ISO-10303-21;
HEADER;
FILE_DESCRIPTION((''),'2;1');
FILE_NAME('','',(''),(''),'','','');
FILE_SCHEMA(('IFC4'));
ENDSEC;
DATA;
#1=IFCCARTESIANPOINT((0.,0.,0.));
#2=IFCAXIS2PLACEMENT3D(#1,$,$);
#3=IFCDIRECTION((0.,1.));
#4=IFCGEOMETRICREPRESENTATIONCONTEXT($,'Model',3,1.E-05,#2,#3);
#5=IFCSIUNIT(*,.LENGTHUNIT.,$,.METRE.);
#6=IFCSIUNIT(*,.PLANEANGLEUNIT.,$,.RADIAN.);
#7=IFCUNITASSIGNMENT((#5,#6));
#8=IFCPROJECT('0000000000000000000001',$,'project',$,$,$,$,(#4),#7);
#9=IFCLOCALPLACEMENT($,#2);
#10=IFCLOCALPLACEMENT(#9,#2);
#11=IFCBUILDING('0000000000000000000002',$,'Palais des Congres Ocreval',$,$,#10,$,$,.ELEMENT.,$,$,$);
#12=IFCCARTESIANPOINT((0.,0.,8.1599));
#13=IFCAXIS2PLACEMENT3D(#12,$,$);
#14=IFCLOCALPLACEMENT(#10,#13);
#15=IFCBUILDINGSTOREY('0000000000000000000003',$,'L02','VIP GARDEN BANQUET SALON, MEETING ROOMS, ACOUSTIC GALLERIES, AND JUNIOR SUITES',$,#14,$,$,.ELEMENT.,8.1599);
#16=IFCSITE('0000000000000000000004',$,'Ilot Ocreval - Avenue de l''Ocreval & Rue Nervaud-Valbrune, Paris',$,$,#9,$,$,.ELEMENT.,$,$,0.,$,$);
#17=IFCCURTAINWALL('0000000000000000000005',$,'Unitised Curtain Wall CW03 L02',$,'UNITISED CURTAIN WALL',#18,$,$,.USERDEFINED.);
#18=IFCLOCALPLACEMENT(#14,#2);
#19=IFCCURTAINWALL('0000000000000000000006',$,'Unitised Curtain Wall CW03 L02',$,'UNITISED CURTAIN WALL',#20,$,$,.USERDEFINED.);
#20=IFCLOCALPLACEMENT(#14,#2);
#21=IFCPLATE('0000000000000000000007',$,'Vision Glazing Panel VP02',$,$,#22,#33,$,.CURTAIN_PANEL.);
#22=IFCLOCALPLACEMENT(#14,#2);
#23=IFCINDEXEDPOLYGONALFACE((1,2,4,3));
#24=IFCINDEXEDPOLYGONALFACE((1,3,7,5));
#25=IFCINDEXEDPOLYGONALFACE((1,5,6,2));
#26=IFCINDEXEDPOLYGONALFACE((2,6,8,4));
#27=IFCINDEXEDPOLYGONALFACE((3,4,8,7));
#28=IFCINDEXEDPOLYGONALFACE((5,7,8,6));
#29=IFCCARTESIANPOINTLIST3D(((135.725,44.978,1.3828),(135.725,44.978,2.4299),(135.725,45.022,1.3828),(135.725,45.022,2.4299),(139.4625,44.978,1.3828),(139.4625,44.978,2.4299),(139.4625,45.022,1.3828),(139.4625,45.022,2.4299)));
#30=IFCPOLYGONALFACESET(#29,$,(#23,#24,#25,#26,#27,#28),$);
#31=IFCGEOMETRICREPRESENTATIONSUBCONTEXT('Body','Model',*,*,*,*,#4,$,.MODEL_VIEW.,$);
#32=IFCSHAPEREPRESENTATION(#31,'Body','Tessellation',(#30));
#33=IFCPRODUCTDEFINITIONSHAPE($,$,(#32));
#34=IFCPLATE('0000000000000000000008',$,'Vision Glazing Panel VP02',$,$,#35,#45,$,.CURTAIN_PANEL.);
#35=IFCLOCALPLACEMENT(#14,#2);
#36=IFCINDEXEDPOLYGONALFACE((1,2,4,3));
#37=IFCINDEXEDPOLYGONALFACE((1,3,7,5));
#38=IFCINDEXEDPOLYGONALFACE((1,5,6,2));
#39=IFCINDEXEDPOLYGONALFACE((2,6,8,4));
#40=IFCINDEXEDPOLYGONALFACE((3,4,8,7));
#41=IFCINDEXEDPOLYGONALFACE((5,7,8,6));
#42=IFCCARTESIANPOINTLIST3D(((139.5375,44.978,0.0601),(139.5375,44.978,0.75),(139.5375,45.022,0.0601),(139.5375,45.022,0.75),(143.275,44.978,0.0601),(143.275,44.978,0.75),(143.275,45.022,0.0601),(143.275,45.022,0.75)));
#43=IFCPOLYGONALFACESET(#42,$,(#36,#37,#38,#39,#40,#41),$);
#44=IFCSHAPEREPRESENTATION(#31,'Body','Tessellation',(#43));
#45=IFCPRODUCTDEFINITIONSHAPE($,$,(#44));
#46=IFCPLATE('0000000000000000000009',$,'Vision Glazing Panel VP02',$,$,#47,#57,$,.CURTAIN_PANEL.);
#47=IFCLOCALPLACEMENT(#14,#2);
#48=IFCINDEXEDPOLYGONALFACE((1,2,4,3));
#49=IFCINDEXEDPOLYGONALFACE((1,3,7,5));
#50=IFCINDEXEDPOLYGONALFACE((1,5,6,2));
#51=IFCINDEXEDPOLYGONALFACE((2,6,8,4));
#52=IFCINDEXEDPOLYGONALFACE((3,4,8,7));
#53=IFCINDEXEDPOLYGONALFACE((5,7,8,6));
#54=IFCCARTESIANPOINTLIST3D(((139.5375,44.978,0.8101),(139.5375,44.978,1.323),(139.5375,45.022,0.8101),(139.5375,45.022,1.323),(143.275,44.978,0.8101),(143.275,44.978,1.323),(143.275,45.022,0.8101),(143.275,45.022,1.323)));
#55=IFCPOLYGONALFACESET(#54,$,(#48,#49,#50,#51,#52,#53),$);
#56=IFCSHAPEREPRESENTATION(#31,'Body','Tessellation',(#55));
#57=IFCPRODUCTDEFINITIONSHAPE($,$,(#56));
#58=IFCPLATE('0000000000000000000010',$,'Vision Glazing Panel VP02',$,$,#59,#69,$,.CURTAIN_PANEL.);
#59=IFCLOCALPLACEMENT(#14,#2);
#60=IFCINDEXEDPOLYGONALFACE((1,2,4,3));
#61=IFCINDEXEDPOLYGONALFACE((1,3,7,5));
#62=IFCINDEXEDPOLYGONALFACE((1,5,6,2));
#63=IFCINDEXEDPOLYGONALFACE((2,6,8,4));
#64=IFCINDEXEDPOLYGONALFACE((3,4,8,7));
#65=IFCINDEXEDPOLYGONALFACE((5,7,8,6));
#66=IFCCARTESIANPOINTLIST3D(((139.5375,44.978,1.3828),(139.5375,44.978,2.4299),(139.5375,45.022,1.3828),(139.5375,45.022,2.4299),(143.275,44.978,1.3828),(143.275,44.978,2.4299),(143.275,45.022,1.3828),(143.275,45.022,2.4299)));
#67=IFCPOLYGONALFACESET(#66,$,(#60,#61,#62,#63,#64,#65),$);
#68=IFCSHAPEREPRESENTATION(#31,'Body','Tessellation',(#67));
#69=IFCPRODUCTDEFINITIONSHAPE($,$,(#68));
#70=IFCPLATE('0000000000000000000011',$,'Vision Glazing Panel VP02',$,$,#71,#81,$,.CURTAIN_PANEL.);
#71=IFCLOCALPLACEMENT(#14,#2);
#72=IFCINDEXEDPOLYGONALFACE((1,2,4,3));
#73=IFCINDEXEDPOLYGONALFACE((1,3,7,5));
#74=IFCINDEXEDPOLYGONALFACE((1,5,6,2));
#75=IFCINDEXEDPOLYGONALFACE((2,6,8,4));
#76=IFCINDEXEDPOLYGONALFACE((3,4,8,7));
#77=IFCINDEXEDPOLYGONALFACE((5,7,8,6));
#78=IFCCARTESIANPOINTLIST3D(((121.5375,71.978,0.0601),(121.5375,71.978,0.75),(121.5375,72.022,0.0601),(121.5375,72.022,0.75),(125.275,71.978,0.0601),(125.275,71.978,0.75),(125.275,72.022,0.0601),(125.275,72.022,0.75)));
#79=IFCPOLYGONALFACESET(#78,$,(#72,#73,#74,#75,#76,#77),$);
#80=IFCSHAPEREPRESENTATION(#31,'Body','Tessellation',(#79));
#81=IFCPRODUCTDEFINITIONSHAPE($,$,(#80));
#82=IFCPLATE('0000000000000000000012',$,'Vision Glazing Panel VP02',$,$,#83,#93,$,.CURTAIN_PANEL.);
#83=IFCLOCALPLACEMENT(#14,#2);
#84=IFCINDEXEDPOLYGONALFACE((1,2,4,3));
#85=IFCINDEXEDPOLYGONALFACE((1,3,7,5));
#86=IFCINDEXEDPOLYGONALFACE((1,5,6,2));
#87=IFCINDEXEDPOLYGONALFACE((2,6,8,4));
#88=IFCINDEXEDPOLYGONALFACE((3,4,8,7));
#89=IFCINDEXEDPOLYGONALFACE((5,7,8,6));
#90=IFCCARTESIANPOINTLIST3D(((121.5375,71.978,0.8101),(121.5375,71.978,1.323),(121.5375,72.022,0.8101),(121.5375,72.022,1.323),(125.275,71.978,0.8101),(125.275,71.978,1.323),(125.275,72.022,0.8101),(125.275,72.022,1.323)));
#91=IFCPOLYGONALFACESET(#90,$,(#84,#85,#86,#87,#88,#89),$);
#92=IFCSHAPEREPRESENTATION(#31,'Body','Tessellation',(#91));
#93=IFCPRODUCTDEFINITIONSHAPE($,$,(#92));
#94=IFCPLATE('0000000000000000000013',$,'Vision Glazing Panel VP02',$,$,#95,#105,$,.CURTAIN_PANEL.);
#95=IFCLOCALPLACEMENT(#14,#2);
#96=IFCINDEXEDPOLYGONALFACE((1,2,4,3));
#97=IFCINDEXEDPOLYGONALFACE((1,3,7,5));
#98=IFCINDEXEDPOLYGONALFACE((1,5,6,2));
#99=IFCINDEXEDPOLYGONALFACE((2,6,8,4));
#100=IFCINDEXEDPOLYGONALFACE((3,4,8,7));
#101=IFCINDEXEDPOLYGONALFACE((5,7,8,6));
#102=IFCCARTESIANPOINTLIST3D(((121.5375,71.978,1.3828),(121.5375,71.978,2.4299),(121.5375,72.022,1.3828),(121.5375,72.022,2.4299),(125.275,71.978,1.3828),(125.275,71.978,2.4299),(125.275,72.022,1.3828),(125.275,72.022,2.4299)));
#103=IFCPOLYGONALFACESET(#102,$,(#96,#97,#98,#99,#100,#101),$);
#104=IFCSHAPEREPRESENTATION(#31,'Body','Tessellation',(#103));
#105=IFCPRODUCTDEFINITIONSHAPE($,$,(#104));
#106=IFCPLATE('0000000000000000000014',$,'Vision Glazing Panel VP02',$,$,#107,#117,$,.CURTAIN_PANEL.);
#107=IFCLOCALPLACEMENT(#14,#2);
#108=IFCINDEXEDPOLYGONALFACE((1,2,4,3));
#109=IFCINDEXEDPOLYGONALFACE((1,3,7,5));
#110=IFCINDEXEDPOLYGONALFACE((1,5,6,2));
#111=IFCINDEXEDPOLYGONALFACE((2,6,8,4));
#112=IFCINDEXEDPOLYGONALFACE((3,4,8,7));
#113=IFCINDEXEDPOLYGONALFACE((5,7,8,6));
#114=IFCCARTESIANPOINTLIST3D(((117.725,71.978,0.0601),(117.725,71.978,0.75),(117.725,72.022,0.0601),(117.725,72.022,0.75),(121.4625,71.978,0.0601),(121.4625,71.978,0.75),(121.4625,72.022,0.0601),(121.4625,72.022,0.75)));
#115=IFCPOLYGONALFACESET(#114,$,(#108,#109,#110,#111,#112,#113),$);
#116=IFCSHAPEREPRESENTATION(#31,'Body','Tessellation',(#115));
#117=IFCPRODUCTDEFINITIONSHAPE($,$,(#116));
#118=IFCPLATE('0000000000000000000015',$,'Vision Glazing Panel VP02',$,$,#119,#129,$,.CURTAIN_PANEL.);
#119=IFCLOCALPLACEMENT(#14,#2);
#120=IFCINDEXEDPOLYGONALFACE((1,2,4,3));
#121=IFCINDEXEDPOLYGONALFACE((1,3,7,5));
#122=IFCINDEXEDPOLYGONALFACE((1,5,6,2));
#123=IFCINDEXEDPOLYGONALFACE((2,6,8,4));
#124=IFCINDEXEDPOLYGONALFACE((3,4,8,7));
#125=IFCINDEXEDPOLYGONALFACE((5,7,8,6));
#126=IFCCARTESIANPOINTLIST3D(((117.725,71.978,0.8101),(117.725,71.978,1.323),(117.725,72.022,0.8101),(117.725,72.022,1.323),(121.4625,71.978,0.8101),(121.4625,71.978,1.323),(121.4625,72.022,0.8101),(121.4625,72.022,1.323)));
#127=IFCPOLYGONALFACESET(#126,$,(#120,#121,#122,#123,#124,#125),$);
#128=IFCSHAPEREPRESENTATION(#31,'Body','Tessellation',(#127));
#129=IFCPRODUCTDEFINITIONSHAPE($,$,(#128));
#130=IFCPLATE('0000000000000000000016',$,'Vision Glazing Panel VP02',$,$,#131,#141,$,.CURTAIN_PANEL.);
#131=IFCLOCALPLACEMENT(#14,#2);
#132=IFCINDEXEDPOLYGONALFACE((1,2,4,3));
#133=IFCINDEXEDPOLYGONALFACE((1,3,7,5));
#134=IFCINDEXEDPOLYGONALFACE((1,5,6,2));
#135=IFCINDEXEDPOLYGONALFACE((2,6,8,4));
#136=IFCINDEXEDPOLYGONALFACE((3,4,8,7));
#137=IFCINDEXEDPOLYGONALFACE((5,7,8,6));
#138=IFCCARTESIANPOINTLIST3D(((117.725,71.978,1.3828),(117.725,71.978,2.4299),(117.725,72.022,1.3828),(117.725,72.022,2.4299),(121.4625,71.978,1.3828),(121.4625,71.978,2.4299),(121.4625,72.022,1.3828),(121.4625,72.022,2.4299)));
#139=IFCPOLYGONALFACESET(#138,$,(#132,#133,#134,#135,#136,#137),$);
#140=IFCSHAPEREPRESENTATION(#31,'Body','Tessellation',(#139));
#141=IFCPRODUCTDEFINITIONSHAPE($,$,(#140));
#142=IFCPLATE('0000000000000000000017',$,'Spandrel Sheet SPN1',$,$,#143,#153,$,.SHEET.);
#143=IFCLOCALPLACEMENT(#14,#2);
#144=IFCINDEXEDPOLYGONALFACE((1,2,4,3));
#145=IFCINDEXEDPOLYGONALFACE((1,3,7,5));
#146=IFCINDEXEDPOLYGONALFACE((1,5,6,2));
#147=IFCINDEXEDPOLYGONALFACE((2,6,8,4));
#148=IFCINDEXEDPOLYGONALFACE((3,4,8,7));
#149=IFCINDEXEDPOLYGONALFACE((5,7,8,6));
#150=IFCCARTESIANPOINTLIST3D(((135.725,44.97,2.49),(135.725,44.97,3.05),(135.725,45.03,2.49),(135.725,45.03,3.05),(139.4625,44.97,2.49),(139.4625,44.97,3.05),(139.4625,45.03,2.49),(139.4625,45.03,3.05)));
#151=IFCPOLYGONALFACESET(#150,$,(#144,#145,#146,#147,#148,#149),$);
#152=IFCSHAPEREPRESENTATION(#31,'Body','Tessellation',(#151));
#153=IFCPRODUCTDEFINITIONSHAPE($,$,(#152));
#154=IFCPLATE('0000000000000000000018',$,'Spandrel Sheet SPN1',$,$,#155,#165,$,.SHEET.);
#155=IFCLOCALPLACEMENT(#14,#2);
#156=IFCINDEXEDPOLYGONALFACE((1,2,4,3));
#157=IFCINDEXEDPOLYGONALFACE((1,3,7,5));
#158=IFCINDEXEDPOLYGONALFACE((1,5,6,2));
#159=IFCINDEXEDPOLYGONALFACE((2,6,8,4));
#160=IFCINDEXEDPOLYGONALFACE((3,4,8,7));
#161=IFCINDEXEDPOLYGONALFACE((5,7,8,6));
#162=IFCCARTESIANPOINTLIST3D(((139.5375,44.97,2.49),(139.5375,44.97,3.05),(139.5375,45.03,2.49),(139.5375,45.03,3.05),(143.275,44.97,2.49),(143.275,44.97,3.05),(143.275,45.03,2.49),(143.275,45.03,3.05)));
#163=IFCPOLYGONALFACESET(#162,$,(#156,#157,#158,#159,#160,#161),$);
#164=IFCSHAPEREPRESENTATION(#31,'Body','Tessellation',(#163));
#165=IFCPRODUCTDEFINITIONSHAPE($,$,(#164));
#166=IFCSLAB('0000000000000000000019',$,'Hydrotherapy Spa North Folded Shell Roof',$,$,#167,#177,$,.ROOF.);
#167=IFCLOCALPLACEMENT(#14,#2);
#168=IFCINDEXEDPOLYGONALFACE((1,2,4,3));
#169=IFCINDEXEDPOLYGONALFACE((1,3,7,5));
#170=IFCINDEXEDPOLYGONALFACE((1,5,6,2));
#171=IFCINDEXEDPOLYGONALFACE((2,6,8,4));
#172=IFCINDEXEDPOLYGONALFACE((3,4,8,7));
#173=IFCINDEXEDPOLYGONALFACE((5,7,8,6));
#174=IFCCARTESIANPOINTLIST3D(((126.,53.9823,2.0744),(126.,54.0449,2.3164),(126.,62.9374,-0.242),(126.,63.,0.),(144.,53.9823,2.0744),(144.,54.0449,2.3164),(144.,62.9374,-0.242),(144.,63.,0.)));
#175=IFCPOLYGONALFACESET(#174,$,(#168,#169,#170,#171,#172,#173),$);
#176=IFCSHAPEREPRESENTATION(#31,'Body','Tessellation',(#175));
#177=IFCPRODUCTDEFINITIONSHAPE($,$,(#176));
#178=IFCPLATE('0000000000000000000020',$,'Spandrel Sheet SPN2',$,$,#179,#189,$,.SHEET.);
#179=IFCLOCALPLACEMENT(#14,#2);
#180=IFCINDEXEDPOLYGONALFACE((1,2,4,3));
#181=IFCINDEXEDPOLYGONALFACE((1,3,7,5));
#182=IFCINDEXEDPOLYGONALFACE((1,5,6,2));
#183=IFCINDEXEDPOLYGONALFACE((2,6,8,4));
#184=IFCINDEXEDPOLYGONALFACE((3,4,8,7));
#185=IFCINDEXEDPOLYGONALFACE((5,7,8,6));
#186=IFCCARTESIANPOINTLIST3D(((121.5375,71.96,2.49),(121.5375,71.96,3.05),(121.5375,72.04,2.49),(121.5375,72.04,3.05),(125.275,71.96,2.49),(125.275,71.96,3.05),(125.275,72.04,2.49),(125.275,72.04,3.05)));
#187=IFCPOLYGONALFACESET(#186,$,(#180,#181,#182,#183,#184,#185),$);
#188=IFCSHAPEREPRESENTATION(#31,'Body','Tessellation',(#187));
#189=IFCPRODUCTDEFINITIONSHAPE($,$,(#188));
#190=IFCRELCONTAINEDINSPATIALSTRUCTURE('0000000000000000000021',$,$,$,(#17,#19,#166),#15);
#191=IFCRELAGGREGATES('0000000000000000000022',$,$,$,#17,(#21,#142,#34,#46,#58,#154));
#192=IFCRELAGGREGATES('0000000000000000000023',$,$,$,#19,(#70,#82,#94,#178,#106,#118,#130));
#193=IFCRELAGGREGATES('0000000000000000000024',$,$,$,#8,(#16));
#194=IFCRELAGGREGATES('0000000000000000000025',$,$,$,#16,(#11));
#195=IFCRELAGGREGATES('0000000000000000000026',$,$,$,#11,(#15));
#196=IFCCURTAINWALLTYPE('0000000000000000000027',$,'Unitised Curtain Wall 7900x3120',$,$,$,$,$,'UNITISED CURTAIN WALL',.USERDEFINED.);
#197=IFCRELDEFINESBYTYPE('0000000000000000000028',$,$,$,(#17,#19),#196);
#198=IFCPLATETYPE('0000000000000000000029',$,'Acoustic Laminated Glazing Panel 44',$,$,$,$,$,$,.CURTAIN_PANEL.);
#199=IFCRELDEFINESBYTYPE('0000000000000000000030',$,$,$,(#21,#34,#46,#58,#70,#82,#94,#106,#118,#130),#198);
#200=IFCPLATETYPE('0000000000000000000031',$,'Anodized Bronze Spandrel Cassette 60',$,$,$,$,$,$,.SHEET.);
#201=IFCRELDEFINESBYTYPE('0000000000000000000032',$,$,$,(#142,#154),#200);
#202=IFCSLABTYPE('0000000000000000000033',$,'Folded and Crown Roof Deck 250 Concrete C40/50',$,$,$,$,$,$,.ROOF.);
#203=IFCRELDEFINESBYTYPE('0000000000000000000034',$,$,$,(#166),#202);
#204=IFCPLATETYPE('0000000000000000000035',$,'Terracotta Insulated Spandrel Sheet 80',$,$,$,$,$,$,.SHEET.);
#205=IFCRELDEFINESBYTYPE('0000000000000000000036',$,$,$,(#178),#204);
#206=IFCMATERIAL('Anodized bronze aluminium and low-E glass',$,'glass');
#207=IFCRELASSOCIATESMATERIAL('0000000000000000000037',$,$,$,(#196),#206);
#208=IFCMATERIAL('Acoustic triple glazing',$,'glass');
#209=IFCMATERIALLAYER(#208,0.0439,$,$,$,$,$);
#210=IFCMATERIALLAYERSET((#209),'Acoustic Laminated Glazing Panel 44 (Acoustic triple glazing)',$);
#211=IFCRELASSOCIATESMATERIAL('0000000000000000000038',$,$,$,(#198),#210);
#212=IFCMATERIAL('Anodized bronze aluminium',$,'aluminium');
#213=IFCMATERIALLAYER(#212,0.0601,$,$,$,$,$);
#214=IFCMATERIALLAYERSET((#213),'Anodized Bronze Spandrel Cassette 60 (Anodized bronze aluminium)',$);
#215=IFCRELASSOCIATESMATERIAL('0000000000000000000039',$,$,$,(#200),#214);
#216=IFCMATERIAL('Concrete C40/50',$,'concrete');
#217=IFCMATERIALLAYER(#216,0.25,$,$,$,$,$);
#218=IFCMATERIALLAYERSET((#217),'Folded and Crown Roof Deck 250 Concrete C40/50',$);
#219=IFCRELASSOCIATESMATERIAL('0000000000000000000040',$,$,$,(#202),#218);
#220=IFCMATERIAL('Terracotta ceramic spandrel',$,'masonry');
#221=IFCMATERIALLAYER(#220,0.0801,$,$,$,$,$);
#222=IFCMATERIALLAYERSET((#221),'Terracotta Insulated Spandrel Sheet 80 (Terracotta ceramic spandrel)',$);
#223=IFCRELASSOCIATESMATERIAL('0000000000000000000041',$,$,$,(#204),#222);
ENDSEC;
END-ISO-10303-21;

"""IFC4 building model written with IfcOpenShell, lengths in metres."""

from ifc_helpers import new_model, si_unit, direction, frame, origin, origin_2d, place, context, subcontext, project, spatial, polyline, rectangle, outline, extrude, material, layer, layer_set, type_object, element, aggregate, save


model = new_model("IFC4")

# Units and contexts
model_context = context("Model", 3, precision=1e-05, world=origin(), true_north=direction((0.0, 1.0)))
body_context = subcontext(model_context, "Body", "Model", "MODEL_VIEW")
ifc_project = project(units=[si_unit("LENGTHUNIT", "METRE"), si_unit("PLANEANGLEUNIT", "RADIAN")], contexts=[model_context])

# Site, building, storey
site_placement = place(None, origin())
site = spatial("IfcSite", under=ifc_project, at=site_placement, Name="Ilot Ocreval - Avenue de l'Ocreval & Rue Nervaud-Valbrune, Paris", CompositionType="ELEMENT", RefElevation=0.0)
building_placement = place(site_placement, origin())
building = spatial("IfcBuilding", under=site, at=building_placement, Name="Palais des Congres Ocreval", CompositionType="ELEMENT")
storey_placement = place(building_placement, frame((0.0, 0.0, 8.1599)))
storey = spatial("IfcBuildingStorey", under=building, at=storey_placement, Name="L02", Description="VIP GARDEN BANQUET SALON, MEETING ROOMS, ACOUSTIC GALLERIES, AND JUNIOR SUITES", CompositionType="ELEMENT", Elevation=8.1599)

# Curtain walls
ifc_material_1 = material(Name="Anodized bronze aluminium and low-E glass", Category="glass")
curtain_wall_type = type_object("IfcCurtainWallType", Name="Unitised Curtain Wall 7900x3120", ElementType="UNITISED CURTAIN WALL", PredefinedType="USERDEFINED", material=ifc_material_1)
curtain_wall_1_placement = place(storey_placement, origin())
curtain_wall_1 = element("IfcCurtainWall", 1, at=curtain_wall_1_placement, inside=storey, type_object=curtain_wall_type, Name="Unitised Curtain Wall CW03 L02", ObjectType="UNITISED CURTAIN WALL", PredefinedType="USERDEFINED")
ifc_material_2 = material(Name="Anodized bronze aluminium", Category="aluminium")
curtain_wall_2_placement = place(storey_placement, origin())
curtain_wall_2 = element("IfcCurtainWall", 2, at=curtain_wall_2_placement, inside=storey, type_object=curtain_wall_type, Name="Unitised Curtain Wall CW03 L02", ObjectType="UNITISED CURTAIN WALL", PredefinedType="USERDEFINED")

# Plates
ifc_material_3 = material(Name="Acoustic triple glazing", Category="glass")
ifc_layer_1 = layer(ifc_material_3, 0.0439)
ifc_layer_set_1 = layer_set([ifc_layer_1], Name="Acoustic Laminated Glazing Panel 44 (Acoustic triple glazing)")
plate_type_1 = type_object("IfcPlateType", Name="Acoustic Laminated Glazing Panel 44", PredefinedType="CURTAIN_PANEL", material=ifc_layer_set_1)
plate_1_placement = place(storey_placement, frame((137.5938, 45.0, 1.3828), z_axis=(0.0, 0.0, 1.0), x_axis=(1.0, 0.0, 0.0)))
plate_1 = element("IfcPlate", 3, at=plate_1_placement, type_object=plate_type_1, Name="Vision Glazing Panel VP02", PredefinedType="CURTAIN_PANEL", context=body_context, shape_type="SweptSolid", body=[
    extrude(rectangle(XDim=3.7375, YDim=0.0439, at=origin_2d()), origin(), (0.0, 0.0, 1.0), 1.0471),
])
plate_2_placement = place(storey_placement, frame((141.4062, 45.0, 0.0601), z_axis=(0.0, 0.0, 1.0), x_axis=(1.0, 0.0, 0.0)))
plate_2 = element("IfcPlate", 4, at=plate_2_placement, type_object=plate_type_1, Name="Vision Glazing Panel VP02", PredefinedType="CURTAIN_PANEL", context=body_context, shape_type="SweptSolid", body=[
    extrude(rectangle(XDim=3.7375, YDim=0.0439, at=origin_2d()), origin(), (0.0, 0.0, 1.0), 0.6899),
])
plate_3_placement = place(storey_placement, frame((141.4062, 45.0, 0.8101), z_axis=(0.0, 0.0, 1.0), x_axis=(1.0, 0.0, 0.0)))
plate_3 = element("IfcPlate", 5, at=plate_3_placement, type_object=plate_type_1, Name="Vision Glazing Panel VP02", PredefinedType="CURTAIN_PANEL", context=body_context, shape_type="SweptSolid", body=[
    extrude(rectangle(XDim=3.7375, YDim=0.0439, at=origin_2d()), origin(), (0.0, 0.0, 1.0), 0.5129),
])
plate_4_placement = place(storey_placement, frame((141.4062, 45.0, 1.3828), z_axis=(0.0, 0.0, 1.0), x_axis=(1.0, 0.0, 0.0)))
plate_4 = element("IfcPlate", 6, at=plate_4_placement, type_object=plate_type_1, Name="Vision Glazing Panel VP02", PredefinedType="CURTAIN_PANEL", context=body_context, shape_type="SweptSolid", body=[
    extrude(rectangle(XDim=3.7375, YDim=0.0439, at=origin_2d()), origin(), (0.0, 0.0, 1.0), 1.0471),
])
plate_5_placement = place(storey_placement, frame((123.4062, 72.0, 0.0601), z_axis=(0.0, 0.0, 1.0), x_axis=(-1.0, 0.0, 0.0)))
plate_5 = element("IfcPlate", 7, at=plate_5_placement, type_object=plate_type_1, Name="Vision Glazing Panel VP02", PredefinedType="CURTAIN_PANEL", context=body_context, shape_type="SweptSolid", body=[
    extrude(rectangle(XDim=3.7375, YDim=0.0439, at=origin_2d()), origin(), (0.0, 0.0, 1.0), 0.6899),
])
plate_6_placement = place(storey_placement, frame((123.4062, 72.0, 0.8101), z_axis=(0.0, 0.0, 1.0), x_axis=(-1.0, 0.0, 0.0)))
plate_6 = element("IfcPlate", 8, at=plate_6_placement, type_object=plate_type_1, Name="Vision Glazing Panel VP02", PredefinedType="CURTAIN_PANEL", context=body_context, shape_type="SweptSolid", body=[
    extrude(rectangle(XDim=3.7375, YDim=0.0439, at=origin_2d()), origin(), (0.0, 0.0, 1.0), 0.5129),
])
plate_7_placement = place(storey_placement, frame((123.4062, 72.0, 1.3828), z_axis=(0.0, 0.0, 1.0), x_axis=(-1.0, 0.0, 0.0)))
plate_7 = element("IfcPlate", 9, at=plate_7_placement, type_object=plate_type_1, Name="Vision Glazing Panel VP02", PredefinedType="CURTAIN_PANEL", context=body_context, shape_type="SweptSolid", body=[
    extrude(rectangle(XDim=3.7375, YDim=0.0439, at=origin_2d()), origin(), (0.0, 0.0, 1.0), 1.0471),
])
plate_8_placement = place(storey_placement, frame((119.5938, 72.0, 0.0601), z_axis=(0.0, 0.0, 1.0), x_axis=(-1.0, 0.0, 0.0)))
plate_8 = element("IfcPlate", 10, at=plate_8_placement, type_object=plate_type_1, Name="Vision Glazing Panel VP02", PredefinedType="CURTAIN_PANEL", context=body_context, shape_type="SweptSolid", body=[
    extrude(rectangle(XDim=3.7375, YDim=0.0439, at=origin_2d()), origin(), (0.0, 0.0, 1.0), 0.6899),
])
plate_9_placement = place(storey_placement, frame((119.5938, 72.0, 0.8101), z_axis=(0.0, 0.0, 1.0), x_axis=(-1.0, 0.0, 0.0)))
plate_9 = element("IfcPlate", 11, at=plate_9_placement, type_object=plate_type_1, Name="Vision Glazing Panel VP02", PredefinedType="CURTAIN_PANEL", context=body_context, shape_type="SweptSolid", body=[
    extrude(rectangle(XDim=3.7375, YDim=0.0439, at=origin_2d()), origin(), (0.0, 0.0, 1.0), 0.5129),
])
plate_10_placement = place(storey_placement, frame((119.5938, 72.0, 1.3828), z_axis=(0.0, 0.0, 1.0), x_axis=(-1.0, 0.0, 0.0)))
plate_10 = element("IfcPlate", 12, at=plate_10_placement, type_object=plate_type_1, Name="Vision Glazing Panel VP02", PredefinedType="CURTAIN_PANEL", context=body_context, shape_type="SweptSolid", body=[
    extrude(rectangle(XDim=3.7375, YDim=0.0439, at=origin_2d()), origin(), (0.0, 0.0, 1.0), 1.0471),
])
ifc_layer_2 = layer(ifc_material_2, 0.0601)
ifc_layer_set_2 = layer_set([ifc_layer_2], Name="Anodized Bronze Spandrel Cassette 60 (Anodized bronze aluminium)")
plate_type_2 = type_object("IfcPlateType", Name="Anodized Bronze Spandrel Cassette 60", PredefinedType="SHEET", material=ifc_layer_set_2)
plate_11_placement = place(storey_placement, frame((137.5938, 45.0, 2.49), z_axis=(0.0, 0.0, 1.0), x_axis=(1.0, 0.0, 0.0)))
plate_11 = element("IfcPlate", 13, at=plate_11_placement, type_object=plate_type_2, Name="Spandrel Sheet SPN1", PredefinedType="SHEET", context=body_context, shape_type="SweptSolid", body=[
    extrude(rectangle(XDim=3.7375, YDim=0.0601, at=origin_2d()), origin(), (0.0, 0.0, 1.0), 0.5601),
])
plate_12_placement = place(storey_placement, frame((141.4062, 45.0, 2.49), z_axis=(0.0, 0.0, 1.0), x_axis=(1.0, 0.0, 0.0)))
plate_12 = element("IfcPlate", 14, at=plate_12_placement, type_object=plate_type_2, Name="Spandrel Sheet SPN1", PredefinedType="SHEET", context=body_context, shape_type="SweptSolid", body=[
    extrude(rectangle(XDim=3.7375, YDim=0.0601, at=origin_2d()), origin(), (0.0, 0.0, 1.0), 0.5601),
])
aggregate(curtain_wall_1, [plate_1, plate_11, plate_2, plate_3, plate_4, plate_12])

# Slab
ifc_material_4 = material(Name="Concrete C40/50", Category="concrete")
ifc_layer_3 = layer(ifc_material_4, 0.25)
ifc_layer_set_3 = layer_set([ifc_layer_3], Name="Folded and Crown Roof Deck 250 Concrete C40/50")
slab_type = type_object("IfcSlabType", Name="Folded and Crown Roof Deck 250 Concrete C40/50", PredefinedType="ROOF", material=ifc_layer_set_3)
slab_placement = place(storey_placement, frame((126.0, 54.0449, 2.3164), z_axis=(0.0, 0.250427, 0.968135), x_axis=(1.0, 0.0, 0.0)))
element("IfcSlab", 15, at=slab_placement, inside=storey, type_object=slab_type, Name="Hydrotherapy Spa North Folded Shell Roof", PredefinedType="ROOF", context=body_context, shape_type="SweptSolid", body=[
    extrude(outline(polyline([(0.0, 0.0), (18.0, 0.0), (18.0, 9.2498), (0.0, 9.2498), (0.0, 0.0)])), origin(), (0.0, 0.0, -1.0), 0.25),
])

# Plate
ifc_material_5 = material(Name="Terracotta ceramic spandrel", Category="masonry")
ifc_layer_4 = layer(ifc_material_5, 0.0801)
ifc_layer_set_4 = layer_set([ifc_layer_4], Name="Terracotta Insulated Spandrel Sheet 80 (Terracotta ceramic spandrel)")
plate_type_3 = type_object("IfcPlateType", Name="Terracotta Insulated Spandrel Sheet 80", PredefinedType="SHEET", material=ifc_layer_set_4)
plate_13_placement = place(storey_placement, frame((123.4062, 72.0, 2.49), z_axis=(0.0, 0.0, 1.0), x_axis=(-1.0, 0.0, 0.0)))
plate_13 = element("IfcPlate", 16, at=plate_13_placement, type_object=plate_type_3, Name="Spandrel Sheet SPN2", PredefinedType="SHEET", context=body_context, shape_type="SweptSolid", body=[
    extrude(rectangle(XDim=3.7375, YDim=0.0801, at=origin_2d()), origin(), (0.0, 0.0, 1.0), 0.5601),
])
aggregate(curtain_wall_2, [plate_5, plate_6, plate_7, plate_13, plate_8, plate_9, plate_10])

save(model, "model.ifc")
